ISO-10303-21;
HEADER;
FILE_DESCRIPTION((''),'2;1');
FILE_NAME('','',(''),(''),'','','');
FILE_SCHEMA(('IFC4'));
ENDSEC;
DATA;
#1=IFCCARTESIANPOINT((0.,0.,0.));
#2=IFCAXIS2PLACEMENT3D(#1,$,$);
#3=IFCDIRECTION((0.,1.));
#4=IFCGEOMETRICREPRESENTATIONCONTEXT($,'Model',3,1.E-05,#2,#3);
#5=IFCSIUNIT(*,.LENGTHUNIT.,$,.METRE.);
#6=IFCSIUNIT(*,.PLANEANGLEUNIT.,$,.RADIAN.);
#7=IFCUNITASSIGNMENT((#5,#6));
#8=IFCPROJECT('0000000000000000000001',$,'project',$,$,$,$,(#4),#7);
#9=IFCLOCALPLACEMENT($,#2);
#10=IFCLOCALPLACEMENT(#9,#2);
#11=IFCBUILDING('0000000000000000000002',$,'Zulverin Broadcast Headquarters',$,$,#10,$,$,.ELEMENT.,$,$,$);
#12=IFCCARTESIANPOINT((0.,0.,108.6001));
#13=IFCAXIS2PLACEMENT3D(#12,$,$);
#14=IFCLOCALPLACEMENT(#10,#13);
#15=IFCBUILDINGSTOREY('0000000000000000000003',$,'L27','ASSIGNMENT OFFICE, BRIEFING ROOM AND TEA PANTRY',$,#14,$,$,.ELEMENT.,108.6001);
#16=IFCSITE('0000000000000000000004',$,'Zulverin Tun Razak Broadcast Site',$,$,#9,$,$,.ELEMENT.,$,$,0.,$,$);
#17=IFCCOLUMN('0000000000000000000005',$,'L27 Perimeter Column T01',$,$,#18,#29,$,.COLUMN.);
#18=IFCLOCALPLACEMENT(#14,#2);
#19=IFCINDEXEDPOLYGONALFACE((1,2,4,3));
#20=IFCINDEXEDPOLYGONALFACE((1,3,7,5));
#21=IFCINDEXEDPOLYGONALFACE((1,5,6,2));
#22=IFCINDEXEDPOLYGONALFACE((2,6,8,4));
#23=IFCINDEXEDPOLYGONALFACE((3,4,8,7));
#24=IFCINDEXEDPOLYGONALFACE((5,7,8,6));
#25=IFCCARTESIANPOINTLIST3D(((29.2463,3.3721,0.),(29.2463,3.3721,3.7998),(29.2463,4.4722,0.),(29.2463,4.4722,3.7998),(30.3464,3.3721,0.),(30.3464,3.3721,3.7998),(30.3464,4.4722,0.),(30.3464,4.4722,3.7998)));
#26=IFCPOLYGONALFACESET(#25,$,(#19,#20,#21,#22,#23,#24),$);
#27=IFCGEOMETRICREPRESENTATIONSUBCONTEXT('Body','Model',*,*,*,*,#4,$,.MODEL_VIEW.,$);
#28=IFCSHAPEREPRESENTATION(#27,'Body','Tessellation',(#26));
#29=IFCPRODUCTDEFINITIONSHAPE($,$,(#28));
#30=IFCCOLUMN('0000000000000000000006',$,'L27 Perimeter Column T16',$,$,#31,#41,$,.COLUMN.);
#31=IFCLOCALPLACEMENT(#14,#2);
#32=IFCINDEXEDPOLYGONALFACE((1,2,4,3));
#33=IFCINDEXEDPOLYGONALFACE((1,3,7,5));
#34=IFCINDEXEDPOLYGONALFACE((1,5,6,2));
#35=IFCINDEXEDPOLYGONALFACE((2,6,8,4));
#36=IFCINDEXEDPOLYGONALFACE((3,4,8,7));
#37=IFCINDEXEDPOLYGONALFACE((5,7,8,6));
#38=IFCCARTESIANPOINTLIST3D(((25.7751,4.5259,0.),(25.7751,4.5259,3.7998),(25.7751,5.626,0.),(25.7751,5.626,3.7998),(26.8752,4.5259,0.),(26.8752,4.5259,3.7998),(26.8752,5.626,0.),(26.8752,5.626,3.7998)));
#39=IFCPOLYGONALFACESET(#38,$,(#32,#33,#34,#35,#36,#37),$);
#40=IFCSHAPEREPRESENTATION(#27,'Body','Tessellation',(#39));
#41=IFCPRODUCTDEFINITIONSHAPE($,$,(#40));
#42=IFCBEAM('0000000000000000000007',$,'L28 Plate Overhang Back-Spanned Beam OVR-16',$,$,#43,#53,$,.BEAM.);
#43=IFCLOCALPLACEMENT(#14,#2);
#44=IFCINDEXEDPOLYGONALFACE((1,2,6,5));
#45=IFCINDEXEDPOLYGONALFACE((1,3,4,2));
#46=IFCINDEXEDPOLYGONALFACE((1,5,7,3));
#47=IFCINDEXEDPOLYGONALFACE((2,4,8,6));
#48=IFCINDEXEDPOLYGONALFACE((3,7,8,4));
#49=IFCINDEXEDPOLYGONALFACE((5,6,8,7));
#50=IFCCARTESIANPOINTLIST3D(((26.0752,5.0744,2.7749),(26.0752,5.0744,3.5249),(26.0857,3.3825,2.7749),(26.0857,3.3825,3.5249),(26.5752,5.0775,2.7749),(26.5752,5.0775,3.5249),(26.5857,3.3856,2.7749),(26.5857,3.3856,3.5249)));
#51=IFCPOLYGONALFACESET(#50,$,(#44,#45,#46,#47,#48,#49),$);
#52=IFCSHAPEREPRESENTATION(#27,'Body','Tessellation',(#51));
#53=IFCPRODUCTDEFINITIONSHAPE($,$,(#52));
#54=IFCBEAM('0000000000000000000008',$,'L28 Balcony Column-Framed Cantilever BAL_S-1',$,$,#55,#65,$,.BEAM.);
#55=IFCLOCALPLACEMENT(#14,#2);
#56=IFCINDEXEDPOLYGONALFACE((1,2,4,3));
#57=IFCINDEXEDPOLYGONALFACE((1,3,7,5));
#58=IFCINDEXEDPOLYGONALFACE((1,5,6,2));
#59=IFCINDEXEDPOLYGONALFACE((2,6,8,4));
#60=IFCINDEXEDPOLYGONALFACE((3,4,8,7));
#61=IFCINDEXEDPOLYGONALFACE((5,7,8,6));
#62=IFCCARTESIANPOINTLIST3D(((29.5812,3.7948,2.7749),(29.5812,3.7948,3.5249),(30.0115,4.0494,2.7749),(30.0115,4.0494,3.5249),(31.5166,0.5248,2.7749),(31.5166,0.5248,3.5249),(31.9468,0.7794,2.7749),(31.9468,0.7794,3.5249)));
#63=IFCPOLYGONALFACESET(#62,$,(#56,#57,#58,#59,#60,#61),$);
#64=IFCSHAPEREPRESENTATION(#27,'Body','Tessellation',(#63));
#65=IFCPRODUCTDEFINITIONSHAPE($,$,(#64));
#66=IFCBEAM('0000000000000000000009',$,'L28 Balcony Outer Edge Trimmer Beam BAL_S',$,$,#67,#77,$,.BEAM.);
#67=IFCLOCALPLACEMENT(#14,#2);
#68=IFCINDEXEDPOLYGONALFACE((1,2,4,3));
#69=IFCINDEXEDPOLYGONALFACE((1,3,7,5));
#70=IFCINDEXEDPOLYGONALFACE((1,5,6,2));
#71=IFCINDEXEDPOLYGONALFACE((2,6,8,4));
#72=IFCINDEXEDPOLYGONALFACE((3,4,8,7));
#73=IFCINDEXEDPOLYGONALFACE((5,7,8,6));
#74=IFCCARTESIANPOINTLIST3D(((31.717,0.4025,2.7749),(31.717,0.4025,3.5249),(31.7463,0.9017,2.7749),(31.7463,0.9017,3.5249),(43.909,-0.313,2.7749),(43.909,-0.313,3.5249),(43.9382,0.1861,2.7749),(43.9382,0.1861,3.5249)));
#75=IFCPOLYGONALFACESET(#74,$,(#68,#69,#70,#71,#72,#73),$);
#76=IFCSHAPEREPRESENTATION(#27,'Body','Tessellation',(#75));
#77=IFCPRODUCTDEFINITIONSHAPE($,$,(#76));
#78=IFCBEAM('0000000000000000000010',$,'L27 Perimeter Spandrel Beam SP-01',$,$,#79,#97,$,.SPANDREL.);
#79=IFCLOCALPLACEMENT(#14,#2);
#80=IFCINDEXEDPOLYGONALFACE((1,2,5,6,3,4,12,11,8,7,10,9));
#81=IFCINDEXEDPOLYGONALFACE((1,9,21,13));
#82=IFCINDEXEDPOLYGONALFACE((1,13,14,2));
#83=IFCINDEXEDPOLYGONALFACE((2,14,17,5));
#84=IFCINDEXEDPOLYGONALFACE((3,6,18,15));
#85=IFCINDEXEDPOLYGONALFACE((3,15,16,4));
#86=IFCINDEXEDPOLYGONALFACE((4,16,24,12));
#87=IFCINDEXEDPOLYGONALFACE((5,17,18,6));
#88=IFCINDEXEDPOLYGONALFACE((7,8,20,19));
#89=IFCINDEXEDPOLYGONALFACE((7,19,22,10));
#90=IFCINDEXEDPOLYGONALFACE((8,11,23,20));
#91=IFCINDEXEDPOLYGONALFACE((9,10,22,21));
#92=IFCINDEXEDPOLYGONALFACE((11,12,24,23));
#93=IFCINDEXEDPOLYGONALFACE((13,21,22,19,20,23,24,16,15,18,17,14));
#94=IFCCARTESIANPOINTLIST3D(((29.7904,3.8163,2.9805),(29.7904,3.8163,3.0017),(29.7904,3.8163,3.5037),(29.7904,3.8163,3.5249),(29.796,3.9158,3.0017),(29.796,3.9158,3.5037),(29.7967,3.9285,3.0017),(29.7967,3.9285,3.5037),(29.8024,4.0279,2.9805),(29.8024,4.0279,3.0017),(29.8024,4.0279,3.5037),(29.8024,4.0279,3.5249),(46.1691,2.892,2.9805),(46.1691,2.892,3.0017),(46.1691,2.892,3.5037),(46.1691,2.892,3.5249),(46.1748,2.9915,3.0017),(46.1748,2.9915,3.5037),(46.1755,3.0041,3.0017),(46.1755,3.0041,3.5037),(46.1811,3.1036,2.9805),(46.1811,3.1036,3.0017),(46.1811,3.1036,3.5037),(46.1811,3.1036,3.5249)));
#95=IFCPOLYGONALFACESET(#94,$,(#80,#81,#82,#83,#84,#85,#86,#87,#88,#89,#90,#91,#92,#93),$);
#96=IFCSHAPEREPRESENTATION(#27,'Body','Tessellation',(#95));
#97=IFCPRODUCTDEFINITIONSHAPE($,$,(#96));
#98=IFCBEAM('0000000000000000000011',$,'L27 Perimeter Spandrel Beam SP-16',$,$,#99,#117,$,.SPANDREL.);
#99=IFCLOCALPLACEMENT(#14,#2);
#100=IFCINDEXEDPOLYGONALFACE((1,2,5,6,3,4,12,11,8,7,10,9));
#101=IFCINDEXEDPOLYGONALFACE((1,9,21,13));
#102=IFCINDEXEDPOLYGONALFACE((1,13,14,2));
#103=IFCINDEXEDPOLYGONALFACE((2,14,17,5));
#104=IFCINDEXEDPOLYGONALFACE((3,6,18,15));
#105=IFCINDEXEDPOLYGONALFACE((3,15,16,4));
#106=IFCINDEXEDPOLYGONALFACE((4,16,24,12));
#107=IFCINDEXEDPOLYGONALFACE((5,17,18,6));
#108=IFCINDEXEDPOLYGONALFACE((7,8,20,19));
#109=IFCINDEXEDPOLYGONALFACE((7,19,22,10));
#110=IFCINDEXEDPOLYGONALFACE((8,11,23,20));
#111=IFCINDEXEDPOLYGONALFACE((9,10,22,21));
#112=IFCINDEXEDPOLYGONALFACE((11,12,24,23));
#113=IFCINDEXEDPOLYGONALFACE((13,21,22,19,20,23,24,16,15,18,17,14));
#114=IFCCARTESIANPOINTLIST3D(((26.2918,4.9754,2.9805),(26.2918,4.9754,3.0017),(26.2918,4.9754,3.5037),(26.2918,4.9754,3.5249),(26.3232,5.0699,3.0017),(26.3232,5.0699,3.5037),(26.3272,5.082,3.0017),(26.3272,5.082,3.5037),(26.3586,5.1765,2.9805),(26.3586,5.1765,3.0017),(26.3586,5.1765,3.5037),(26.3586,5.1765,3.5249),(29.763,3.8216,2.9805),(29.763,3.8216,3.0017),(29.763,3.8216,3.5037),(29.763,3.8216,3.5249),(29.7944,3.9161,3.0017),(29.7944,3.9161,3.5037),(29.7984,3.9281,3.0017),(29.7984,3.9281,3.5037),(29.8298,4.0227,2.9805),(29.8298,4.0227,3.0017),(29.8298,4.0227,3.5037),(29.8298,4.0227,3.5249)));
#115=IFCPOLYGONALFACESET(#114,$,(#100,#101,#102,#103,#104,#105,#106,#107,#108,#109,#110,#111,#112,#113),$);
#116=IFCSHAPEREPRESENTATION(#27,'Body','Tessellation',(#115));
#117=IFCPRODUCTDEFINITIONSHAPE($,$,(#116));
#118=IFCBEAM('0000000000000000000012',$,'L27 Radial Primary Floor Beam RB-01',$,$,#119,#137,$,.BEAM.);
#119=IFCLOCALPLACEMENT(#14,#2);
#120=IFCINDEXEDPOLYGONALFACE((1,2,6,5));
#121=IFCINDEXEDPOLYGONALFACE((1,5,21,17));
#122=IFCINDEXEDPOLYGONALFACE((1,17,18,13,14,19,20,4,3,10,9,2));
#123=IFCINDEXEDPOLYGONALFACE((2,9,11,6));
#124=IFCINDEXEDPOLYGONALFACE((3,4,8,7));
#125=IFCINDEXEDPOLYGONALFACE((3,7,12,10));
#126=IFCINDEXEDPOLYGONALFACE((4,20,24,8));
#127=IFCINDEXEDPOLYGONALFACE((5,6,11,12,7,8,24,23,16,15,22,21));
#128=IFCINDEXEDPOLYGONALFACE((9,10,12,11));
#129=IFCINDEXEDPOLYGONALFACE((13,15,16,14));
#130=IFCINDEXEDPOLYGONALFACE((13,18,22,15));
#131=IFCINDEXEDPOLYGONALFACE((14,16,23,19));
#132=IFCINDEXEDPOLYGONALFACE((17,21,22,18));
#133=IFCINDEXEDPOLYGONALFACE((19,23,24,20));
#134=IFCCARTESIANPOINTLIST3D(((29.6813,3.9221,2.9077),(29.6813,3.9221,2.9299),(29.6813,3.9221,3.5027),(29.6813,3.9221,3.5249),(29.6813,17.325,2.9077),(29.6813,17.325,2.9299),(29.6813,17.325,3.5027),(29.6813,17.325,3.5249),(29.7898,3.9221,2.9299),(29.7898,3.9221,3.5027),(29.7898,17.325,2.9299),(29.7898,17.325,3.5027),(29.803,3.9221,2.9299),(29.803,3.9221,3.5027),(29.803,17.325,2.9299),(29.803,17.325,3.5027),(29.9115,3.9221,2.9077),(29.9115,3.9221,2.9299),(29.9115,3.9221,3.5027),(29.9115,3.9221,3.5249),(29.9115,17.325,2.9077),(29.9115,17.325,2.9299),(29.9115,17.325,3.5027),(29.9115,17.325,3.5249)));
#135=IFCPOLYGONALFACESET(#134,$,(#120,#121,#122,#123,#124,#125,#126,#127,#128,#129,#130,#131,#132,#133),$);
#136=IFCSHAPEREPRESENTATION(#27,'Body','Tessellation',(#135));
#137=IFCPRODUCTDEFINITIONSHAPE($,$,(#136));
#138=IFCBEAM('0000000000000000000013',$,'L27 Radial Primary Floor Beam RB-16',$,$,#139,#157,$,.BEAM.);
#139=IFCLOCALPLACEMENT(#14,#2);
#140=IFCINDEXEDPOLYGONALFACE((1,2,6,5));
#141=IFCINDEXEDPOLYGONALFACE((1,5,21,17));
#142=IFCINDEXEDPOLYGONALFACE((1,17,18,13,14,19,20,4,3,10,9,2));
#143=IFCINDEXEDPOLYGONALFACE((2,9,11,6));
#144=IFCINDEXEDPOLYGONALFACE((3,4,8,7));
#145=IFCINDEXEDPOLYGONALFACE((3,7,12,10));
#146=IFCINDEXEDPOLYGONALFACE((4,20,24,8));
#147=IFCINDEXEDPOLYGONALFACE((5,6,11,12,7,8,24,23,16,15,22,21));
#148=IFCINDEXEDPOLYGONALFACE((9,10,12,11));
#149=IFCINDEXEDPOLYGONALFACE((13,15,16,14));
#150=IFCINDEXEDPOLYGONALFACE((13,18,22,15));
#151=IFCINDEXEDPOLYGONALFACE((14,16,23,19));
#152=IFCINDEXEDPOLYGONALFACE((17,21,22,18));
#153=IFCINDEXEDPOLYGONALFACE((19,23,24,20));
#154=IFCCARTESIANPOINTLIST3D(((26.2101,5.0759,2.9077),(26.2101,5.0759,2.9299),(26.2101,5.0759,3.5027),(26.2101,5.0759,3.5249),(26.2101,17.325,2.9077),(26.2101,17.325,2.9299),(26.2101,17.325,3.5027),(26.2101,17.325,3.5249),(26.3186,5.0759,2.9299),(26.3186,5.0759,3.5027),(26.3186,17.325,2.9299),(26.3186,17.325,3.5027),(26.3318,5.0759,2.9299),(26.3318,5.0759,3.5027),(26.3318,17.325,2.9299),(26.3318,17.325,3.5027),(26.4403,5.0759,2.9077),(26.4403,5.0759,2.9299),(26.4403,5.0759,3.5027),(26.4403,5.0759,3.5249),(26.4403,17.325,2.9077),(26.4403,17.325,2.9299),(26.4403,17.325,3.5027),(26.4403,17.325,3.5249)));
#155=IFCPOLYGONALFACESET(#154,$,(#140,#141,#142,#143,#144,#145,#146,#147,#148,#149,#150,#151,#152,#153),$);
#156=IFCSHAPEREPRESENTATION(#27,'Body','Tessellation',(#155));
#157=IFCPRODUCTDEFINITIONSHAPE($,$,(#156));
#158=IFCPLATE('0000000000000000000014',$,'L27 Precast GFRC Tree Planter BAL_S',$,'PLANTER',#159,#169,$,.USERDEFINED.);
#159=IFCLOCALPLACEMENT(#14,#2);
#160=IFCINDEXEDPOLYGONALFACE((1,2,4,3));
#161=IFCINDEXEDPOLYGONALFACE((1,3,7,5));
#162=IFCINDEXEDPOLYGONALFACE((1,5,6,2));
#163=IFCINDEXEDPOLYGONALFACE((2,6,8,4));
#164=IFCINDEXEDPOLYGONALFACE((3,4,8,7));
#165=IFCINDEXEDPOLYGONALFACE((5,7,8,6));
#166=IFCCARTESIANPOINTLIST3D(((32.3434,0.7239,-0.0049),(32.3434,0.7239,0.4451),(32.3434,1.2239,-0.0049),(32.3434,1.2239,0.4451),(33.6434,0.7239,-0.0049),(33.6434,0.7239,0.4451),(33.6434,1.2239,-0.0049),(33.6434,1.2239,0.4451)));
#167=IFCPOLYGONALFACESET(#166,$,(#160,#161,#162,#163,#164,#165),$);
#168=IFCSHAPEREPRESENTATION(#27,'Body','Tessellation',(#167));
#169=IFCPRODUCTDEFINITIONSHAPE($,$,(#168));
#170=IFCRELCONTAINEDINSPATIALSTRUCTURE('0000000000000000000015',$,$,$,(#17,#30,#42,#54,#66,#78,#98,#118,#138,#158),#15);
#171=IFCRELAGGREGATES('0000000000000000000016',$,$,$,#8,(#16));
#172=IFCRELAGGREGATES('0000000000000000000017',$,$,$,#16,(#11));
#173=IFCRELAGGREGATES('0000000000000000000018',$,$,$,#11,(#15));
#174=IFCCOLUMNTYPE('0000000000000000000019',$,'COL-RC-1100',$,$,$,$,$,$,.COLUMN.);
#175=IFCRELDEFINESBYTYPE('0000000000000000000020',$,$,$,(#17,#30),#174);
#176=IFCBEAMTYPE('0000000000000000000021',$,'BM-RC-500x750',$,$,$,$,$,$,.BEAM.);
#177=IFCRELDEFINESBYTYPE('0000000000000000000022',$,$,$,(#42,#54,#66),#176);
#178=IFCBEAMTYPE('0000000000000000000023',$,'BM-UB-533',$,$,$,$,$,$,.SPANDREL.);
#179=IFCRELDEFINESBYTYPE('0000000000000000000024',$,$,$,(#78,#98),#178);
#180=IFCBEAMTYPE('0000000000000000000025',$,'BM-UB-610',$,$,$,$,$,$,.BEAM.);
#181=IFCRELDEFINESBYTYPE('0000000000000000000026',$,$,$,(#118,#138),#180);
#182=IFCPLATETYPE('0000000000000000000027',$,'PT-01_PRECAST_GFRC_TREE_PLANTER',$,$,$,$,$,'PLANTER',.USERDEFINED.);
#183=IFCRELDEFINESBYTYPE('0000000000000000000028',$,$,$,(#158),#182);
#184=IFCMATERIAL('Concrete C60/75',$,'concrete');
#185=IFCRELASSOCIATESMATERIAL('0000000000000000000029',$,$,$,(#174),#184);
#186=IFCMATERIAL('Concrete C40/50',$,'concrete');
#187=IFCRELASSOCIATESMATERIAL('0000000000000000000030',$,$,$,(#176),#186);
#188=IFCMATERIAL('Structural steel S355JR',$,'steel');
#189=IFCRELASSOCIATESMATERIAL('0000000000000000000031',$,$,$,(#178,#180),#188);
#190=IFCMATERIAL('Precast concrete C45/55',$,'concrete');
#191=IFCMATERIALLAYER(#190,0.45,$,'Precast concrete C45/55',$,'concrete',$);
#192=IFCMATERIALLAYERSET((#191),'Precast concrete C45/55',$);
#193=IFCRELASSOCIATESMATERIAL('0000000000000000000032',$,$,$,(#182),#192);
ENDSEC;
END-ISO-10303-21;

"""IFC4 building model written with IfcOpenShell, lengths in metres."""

from ifc_helpers import new_model, si_unit, direction, frame, origin, origin_2d, place, context, subcontext, project, spatial, rectangle, i_section, extrude, material, layer, layer_set, material_profile, profile_set, type_object, element, save


model = new_model("IFC4")

# Units and contexts
model_context = context("Model", 3, precision=1e-05, world=origin(), true_north=direction((0.0, 1.0)))
body_context = subcontext(model_context, "Body", "Model", "MODEL_VIEW")
ifc_project = project(units=[si_unit("LENGTHUNIT", "METRE"), si_unit("PLANEANGLEUNIT", "RADIAN")], contexts=[model_context])

# Site, building, storey
site_placement = place(None, origin())
site = spatial("IfcSite", under=ifc_project, at=site_placement, Name="Zulverin Tun Razak Broadcast Site", CompositionType="ELEMENT", RefElevation=0.0)
building_placement = place(site_placement, origin())
building = spatial("IfcBuilding", under=site, at=building_placement, Name="Zulverin Broadcast Headquarters", CompositionType="ELEMENT")
storey_placement = place(building_placement, frame((0.0, 0.0, 108.6001)))
storey = spatial("IfcBuildingStorey", under=building, at=storey_placement, Name="L27", Description="ASSIGNMENT OFFICE, BRIEFING ROOM AND TEA PANTRY", CompositionType="ELEMENT", Elevation=108.6001)

# Columns
ifc_material_1 = material(Name="Concrete C60/75", Category="concrete")
ifc_material_profile_1 = material_profile(ifc_material_1, rectangle(XDim=1.1001, YDim=1.1001, at=origin_2d()), Name="Concrete C60/75", Category="concrete")
ifc_profile_set_1 = profile_set([ifc_material_profile_1], Name="Concrete C60/75")
column_type = type_object("IfcColumnType", Name="COL-RC-1100", PredefinedType="COLUMN", material=ifc_profile_set_1)
for number, where, z_axis, x_axis, name in (
    (1, (29.7964, 3.9221, 0.0), (0.0, 0.0, 1.0), (1.0, 0.0, 0.0), "L27 Perimeter Column T01"),
    (2, (26.3252, 5.0759, 0.0), (0.0, 0.0, 1.0), (1.0, 0.0, 0.0), "L27 Perimeter Column T16"),
):
    element("IfcColumn", number, at=place(storey_placement, frame(where, z_axis=z_axis, x_axis=x_axis)), inside=storey, type_object=column_type, Name=name, PredefinedType="COLUMN", context=body_context, shape_type="SweptSolid", body=[
        extrude(rectangle(XDim=1.1001, YDim=1.1001, at=origin_2d()), origin(), (0.0, 0.0, 1.0), 3.7998),
    ])

# Beams
ifc_material_2 = material(Name="Concrete C40/50", Category="concrete")
ifc_material_profile_2 = material_profile(ifc_material_2, rectangle(XDim=0.5, YDim=0.75, at=origin_2d()), Name="Concrete C40/50", Category="concrete")
ifc_profile_set_2 = profile_set([ifc_material_profile_2], Name="Concrete C40/50")
beam_type_1 = type_object("IfcBeamType", Name="BM-RC-500x750", PredefinedType="BEAM", material=ifc_profile_set_2)
beam_1_placement = place(storey_placement, frame((26.3252, 5.0759, 3.1499), z_axis=(0.006205, -0.999981, 0.0), x_axis=(0.999981, 0.006205, 0.0)))
element("IfcBeam", 3, at=beam_1_placement, inside=storey, type_object=beam_type_1, Name="L28 Plate Overhang Back-Spanned Beam OVR-16", PredefinedType="BEAM", context=body_context, shape_type="SweptSolid", body=[
    extrude(rectangle(XDim=0.5, YDim=0.75, at=origin_2d()), origin(), (0.0, 0.0, 1.0), 1.6919),
])
beam_2_placement = place(storey_placement, frame((29.7964, 3.9221, 3.1499), z_axis=(0.509318, -0.860578, 0.0), x_axis=(0.860578, 0.509318, 0.0)))
element("IfcBeam", 4, at=beam_2_placement, inside=storey, type_object=beam_type_1, Name="L28 Balcony Column-Framed Cantilever BAL_S-1", PredefinedType="BEAM", context=body_context, shape_type="SweptSolid", body=[
    extrude(rectangle(XDim=0.5, YDim=0.75, at=origin_2d()), origin(), (0.0, 0.0, 1.0), 3.7998),
])
beam_3_placement = place(storey_placement, frame((31.7317, 0.6521, 3.1499), z_axis=(0.998282, -0.058592, 0.0), x_axis=(0.058592, 0.998282, 0.0)))
element("IfcBeam", 5, at=beam_3_placement, inside=storey, type_object=beam_type_1, Name="L28 Balcony Outer Edge Trimmer Beam BAL_S", PredefinedType="BEAM", context=body_context, shape_type="SweptSolid", body=[
    extrude(rectangle(XDim=0.5, YDim=0.75, at=origin_2d()), origin(), (0.0, 0.0, 1.0), 12.2129),
])
ifc_material_3 = material(Name="Structural steel S355JR", Category="steel")
ifc_material_profile_3 = material_profile(ifc_material_3, i_section(OverallWidth=0.2119, OverallDepth=0.5444, WebThickness=0.0127, FlangeThickness=0.0212, at=origin_2d()), Name="Structural steel S355JR", Category="steel")
ifc_profile_set_3 = profile_set([ifc_material_profile_3], Name="Structural steel S355JR")
beam_type_2 = type_object("IfcBeamType", Name="BM-UB-533", PredefinedType="SPANDREL", material=ifc_profile_set_3)
beam_4_placement = place(storey_placement, frame((29.7964, 3.9221, 3.2527), z_axis=(0.998411, -0.056345, 0.0), x_axis=(0.056345, 0.998411, 0.0)))
element("IfcBeam", 6, at=beam_4_placement, inside=storey, type_object=beam_type_2, Name="L27 Perimeter Spandrel Beam SP-01", PredefinedType="SPANDREL", context=body_context, shape_type="SweptSolid", body=[
    extrude(i_section(OverallWidth=0.2119, OverallDepth=0.5444, WebThickness=0.0127, FlangeThickness=0.0212, at=origin_2d()), origin(), (0.0, 0.0, 1.0), 16.4048),
])
beam_5_placement = place(storey_placement, frame((26.3252, 5.0759, 3.2527), z_axis=(0.94895, -0.315427, 0.0), x_axis=(0.315427, 0.94895, 0.0)))
element("IfcBeam", 7, at=beam_5_placement, inside=storey, type_object=beam_type_2, Name="L27 Perimeter Spandrel Beam SP-16", PredefinedType="SPANDREL", context=body_context, shape_type="SweptSolid", body=[
    extrude(i_section(OverallWidth=0.2119, OverallDepth=0.5444, WebThickness=0.0127, FlangeThickness=0.0212, at=origin_2d()), origin(), (0.0, 0.0, 1.0), 3.658),
])
ifc_material_profile_4 = material_profile(ifc_material_3, i_section(OverallWidth=0.2302, OverallDepth=0.6172, WebThickness=0.0132, FlangeThickness=0.0222, at=origin_2d()), Name="Structural steel S355JR", Category="steel")
ifc_profile_set_4 = profile_set([ifc_material_profile_4], Name="Structural steel S355JR")
beam_type_3 = type_object("IfcBeamType", Name="BM-UB-610", PredefinedType="BEAM", material=ifc_profile_set_4)
beam_6_placement = place(storey_placement, frame((29.7964, 17.325, 3.2163), z_axis=(0.0, -1.0, 0.0), x_axis=(1.0, 0.0, 0.0)))
element("IfcBeam", 8, at=beam_6_placement, inside=storey, type_object=beam_type_3, Name="L27 Radial Primary Floor Beam RB-01", PredefinedType="BEAM", context=body_context, shape_type="SweptSolid", body=[
    extrude(i_section(OverallWidth=0.2302, OverallDepth=0.6172, WebThickness=0.0132, FlangeThickness=0.0222, at=origin_2d()), origin(), (0.0, 0.0, 1.0), 13.4028),
])
beam_7_placement = place(storey_placement, frame((26.3252, 17.325, 3.2163), z_axis=(0.0, -1.0, 0.0), x_axis=(1.0, 0.0, 0.0)))
element("IfcBeam", 9, at=beam_7_placement, inside=storey, type_object=beam_type_3, Name="L27 Radial Primary Floor Beam RB-16", PredefinedType="BEAM", context=body_context, shape_type="SweptSolid", body=[
    extrude(i_section(OverallWidth=0.2302, OverallDepth=0.6172, WebThickness=0.0132, FlangeThickness=0.0222, at=origin_2d()), origin(), (0.0, 0.0, 1.0), 12.249),
])

# Plate
ifc_material_4 = material(Name="Precast concrete C45/55", Category="concrete")
ifc_layer_1 = layer(ifc_material_4, 0.45, Name="Precast concrete C45/55", Category="concrete")
ifc_layer_set_1 = layer_set([ifc_layer_1], Name="Precast concrete C45/55")
plate_type = type_object("IfcPlateType", Name="PT-01_PRECAST_GFRC_TREE_PLANTER", ElementType="PLANTER", PredefinedType="USERDEFINED", material=ifc_layer_set_1)
plate_placement = place(storey_placement, frame((32.9934, 0.9739, -0.0049), z_axis=(0.0, 0.0, 1.0), x_axis=(1.0, 0.0, 0.0)))
element("IfcPlate", 10, at=plate_placement, inside=storey, type_object=plate_type, Name="L27 Precast GFRC Tree Planter BAL_S", ObjectType="PLANTER", PredefinedType="USERDEFINED", context=body_context, shape_type="SweptSolid", body=[
    extrude(rectangle(XDim=1.3, YDim=0.5, at=origin_2d()), origin(), (0.0, 0.0, 1.0), 0.45),
])

save(model, "model.ifc")
